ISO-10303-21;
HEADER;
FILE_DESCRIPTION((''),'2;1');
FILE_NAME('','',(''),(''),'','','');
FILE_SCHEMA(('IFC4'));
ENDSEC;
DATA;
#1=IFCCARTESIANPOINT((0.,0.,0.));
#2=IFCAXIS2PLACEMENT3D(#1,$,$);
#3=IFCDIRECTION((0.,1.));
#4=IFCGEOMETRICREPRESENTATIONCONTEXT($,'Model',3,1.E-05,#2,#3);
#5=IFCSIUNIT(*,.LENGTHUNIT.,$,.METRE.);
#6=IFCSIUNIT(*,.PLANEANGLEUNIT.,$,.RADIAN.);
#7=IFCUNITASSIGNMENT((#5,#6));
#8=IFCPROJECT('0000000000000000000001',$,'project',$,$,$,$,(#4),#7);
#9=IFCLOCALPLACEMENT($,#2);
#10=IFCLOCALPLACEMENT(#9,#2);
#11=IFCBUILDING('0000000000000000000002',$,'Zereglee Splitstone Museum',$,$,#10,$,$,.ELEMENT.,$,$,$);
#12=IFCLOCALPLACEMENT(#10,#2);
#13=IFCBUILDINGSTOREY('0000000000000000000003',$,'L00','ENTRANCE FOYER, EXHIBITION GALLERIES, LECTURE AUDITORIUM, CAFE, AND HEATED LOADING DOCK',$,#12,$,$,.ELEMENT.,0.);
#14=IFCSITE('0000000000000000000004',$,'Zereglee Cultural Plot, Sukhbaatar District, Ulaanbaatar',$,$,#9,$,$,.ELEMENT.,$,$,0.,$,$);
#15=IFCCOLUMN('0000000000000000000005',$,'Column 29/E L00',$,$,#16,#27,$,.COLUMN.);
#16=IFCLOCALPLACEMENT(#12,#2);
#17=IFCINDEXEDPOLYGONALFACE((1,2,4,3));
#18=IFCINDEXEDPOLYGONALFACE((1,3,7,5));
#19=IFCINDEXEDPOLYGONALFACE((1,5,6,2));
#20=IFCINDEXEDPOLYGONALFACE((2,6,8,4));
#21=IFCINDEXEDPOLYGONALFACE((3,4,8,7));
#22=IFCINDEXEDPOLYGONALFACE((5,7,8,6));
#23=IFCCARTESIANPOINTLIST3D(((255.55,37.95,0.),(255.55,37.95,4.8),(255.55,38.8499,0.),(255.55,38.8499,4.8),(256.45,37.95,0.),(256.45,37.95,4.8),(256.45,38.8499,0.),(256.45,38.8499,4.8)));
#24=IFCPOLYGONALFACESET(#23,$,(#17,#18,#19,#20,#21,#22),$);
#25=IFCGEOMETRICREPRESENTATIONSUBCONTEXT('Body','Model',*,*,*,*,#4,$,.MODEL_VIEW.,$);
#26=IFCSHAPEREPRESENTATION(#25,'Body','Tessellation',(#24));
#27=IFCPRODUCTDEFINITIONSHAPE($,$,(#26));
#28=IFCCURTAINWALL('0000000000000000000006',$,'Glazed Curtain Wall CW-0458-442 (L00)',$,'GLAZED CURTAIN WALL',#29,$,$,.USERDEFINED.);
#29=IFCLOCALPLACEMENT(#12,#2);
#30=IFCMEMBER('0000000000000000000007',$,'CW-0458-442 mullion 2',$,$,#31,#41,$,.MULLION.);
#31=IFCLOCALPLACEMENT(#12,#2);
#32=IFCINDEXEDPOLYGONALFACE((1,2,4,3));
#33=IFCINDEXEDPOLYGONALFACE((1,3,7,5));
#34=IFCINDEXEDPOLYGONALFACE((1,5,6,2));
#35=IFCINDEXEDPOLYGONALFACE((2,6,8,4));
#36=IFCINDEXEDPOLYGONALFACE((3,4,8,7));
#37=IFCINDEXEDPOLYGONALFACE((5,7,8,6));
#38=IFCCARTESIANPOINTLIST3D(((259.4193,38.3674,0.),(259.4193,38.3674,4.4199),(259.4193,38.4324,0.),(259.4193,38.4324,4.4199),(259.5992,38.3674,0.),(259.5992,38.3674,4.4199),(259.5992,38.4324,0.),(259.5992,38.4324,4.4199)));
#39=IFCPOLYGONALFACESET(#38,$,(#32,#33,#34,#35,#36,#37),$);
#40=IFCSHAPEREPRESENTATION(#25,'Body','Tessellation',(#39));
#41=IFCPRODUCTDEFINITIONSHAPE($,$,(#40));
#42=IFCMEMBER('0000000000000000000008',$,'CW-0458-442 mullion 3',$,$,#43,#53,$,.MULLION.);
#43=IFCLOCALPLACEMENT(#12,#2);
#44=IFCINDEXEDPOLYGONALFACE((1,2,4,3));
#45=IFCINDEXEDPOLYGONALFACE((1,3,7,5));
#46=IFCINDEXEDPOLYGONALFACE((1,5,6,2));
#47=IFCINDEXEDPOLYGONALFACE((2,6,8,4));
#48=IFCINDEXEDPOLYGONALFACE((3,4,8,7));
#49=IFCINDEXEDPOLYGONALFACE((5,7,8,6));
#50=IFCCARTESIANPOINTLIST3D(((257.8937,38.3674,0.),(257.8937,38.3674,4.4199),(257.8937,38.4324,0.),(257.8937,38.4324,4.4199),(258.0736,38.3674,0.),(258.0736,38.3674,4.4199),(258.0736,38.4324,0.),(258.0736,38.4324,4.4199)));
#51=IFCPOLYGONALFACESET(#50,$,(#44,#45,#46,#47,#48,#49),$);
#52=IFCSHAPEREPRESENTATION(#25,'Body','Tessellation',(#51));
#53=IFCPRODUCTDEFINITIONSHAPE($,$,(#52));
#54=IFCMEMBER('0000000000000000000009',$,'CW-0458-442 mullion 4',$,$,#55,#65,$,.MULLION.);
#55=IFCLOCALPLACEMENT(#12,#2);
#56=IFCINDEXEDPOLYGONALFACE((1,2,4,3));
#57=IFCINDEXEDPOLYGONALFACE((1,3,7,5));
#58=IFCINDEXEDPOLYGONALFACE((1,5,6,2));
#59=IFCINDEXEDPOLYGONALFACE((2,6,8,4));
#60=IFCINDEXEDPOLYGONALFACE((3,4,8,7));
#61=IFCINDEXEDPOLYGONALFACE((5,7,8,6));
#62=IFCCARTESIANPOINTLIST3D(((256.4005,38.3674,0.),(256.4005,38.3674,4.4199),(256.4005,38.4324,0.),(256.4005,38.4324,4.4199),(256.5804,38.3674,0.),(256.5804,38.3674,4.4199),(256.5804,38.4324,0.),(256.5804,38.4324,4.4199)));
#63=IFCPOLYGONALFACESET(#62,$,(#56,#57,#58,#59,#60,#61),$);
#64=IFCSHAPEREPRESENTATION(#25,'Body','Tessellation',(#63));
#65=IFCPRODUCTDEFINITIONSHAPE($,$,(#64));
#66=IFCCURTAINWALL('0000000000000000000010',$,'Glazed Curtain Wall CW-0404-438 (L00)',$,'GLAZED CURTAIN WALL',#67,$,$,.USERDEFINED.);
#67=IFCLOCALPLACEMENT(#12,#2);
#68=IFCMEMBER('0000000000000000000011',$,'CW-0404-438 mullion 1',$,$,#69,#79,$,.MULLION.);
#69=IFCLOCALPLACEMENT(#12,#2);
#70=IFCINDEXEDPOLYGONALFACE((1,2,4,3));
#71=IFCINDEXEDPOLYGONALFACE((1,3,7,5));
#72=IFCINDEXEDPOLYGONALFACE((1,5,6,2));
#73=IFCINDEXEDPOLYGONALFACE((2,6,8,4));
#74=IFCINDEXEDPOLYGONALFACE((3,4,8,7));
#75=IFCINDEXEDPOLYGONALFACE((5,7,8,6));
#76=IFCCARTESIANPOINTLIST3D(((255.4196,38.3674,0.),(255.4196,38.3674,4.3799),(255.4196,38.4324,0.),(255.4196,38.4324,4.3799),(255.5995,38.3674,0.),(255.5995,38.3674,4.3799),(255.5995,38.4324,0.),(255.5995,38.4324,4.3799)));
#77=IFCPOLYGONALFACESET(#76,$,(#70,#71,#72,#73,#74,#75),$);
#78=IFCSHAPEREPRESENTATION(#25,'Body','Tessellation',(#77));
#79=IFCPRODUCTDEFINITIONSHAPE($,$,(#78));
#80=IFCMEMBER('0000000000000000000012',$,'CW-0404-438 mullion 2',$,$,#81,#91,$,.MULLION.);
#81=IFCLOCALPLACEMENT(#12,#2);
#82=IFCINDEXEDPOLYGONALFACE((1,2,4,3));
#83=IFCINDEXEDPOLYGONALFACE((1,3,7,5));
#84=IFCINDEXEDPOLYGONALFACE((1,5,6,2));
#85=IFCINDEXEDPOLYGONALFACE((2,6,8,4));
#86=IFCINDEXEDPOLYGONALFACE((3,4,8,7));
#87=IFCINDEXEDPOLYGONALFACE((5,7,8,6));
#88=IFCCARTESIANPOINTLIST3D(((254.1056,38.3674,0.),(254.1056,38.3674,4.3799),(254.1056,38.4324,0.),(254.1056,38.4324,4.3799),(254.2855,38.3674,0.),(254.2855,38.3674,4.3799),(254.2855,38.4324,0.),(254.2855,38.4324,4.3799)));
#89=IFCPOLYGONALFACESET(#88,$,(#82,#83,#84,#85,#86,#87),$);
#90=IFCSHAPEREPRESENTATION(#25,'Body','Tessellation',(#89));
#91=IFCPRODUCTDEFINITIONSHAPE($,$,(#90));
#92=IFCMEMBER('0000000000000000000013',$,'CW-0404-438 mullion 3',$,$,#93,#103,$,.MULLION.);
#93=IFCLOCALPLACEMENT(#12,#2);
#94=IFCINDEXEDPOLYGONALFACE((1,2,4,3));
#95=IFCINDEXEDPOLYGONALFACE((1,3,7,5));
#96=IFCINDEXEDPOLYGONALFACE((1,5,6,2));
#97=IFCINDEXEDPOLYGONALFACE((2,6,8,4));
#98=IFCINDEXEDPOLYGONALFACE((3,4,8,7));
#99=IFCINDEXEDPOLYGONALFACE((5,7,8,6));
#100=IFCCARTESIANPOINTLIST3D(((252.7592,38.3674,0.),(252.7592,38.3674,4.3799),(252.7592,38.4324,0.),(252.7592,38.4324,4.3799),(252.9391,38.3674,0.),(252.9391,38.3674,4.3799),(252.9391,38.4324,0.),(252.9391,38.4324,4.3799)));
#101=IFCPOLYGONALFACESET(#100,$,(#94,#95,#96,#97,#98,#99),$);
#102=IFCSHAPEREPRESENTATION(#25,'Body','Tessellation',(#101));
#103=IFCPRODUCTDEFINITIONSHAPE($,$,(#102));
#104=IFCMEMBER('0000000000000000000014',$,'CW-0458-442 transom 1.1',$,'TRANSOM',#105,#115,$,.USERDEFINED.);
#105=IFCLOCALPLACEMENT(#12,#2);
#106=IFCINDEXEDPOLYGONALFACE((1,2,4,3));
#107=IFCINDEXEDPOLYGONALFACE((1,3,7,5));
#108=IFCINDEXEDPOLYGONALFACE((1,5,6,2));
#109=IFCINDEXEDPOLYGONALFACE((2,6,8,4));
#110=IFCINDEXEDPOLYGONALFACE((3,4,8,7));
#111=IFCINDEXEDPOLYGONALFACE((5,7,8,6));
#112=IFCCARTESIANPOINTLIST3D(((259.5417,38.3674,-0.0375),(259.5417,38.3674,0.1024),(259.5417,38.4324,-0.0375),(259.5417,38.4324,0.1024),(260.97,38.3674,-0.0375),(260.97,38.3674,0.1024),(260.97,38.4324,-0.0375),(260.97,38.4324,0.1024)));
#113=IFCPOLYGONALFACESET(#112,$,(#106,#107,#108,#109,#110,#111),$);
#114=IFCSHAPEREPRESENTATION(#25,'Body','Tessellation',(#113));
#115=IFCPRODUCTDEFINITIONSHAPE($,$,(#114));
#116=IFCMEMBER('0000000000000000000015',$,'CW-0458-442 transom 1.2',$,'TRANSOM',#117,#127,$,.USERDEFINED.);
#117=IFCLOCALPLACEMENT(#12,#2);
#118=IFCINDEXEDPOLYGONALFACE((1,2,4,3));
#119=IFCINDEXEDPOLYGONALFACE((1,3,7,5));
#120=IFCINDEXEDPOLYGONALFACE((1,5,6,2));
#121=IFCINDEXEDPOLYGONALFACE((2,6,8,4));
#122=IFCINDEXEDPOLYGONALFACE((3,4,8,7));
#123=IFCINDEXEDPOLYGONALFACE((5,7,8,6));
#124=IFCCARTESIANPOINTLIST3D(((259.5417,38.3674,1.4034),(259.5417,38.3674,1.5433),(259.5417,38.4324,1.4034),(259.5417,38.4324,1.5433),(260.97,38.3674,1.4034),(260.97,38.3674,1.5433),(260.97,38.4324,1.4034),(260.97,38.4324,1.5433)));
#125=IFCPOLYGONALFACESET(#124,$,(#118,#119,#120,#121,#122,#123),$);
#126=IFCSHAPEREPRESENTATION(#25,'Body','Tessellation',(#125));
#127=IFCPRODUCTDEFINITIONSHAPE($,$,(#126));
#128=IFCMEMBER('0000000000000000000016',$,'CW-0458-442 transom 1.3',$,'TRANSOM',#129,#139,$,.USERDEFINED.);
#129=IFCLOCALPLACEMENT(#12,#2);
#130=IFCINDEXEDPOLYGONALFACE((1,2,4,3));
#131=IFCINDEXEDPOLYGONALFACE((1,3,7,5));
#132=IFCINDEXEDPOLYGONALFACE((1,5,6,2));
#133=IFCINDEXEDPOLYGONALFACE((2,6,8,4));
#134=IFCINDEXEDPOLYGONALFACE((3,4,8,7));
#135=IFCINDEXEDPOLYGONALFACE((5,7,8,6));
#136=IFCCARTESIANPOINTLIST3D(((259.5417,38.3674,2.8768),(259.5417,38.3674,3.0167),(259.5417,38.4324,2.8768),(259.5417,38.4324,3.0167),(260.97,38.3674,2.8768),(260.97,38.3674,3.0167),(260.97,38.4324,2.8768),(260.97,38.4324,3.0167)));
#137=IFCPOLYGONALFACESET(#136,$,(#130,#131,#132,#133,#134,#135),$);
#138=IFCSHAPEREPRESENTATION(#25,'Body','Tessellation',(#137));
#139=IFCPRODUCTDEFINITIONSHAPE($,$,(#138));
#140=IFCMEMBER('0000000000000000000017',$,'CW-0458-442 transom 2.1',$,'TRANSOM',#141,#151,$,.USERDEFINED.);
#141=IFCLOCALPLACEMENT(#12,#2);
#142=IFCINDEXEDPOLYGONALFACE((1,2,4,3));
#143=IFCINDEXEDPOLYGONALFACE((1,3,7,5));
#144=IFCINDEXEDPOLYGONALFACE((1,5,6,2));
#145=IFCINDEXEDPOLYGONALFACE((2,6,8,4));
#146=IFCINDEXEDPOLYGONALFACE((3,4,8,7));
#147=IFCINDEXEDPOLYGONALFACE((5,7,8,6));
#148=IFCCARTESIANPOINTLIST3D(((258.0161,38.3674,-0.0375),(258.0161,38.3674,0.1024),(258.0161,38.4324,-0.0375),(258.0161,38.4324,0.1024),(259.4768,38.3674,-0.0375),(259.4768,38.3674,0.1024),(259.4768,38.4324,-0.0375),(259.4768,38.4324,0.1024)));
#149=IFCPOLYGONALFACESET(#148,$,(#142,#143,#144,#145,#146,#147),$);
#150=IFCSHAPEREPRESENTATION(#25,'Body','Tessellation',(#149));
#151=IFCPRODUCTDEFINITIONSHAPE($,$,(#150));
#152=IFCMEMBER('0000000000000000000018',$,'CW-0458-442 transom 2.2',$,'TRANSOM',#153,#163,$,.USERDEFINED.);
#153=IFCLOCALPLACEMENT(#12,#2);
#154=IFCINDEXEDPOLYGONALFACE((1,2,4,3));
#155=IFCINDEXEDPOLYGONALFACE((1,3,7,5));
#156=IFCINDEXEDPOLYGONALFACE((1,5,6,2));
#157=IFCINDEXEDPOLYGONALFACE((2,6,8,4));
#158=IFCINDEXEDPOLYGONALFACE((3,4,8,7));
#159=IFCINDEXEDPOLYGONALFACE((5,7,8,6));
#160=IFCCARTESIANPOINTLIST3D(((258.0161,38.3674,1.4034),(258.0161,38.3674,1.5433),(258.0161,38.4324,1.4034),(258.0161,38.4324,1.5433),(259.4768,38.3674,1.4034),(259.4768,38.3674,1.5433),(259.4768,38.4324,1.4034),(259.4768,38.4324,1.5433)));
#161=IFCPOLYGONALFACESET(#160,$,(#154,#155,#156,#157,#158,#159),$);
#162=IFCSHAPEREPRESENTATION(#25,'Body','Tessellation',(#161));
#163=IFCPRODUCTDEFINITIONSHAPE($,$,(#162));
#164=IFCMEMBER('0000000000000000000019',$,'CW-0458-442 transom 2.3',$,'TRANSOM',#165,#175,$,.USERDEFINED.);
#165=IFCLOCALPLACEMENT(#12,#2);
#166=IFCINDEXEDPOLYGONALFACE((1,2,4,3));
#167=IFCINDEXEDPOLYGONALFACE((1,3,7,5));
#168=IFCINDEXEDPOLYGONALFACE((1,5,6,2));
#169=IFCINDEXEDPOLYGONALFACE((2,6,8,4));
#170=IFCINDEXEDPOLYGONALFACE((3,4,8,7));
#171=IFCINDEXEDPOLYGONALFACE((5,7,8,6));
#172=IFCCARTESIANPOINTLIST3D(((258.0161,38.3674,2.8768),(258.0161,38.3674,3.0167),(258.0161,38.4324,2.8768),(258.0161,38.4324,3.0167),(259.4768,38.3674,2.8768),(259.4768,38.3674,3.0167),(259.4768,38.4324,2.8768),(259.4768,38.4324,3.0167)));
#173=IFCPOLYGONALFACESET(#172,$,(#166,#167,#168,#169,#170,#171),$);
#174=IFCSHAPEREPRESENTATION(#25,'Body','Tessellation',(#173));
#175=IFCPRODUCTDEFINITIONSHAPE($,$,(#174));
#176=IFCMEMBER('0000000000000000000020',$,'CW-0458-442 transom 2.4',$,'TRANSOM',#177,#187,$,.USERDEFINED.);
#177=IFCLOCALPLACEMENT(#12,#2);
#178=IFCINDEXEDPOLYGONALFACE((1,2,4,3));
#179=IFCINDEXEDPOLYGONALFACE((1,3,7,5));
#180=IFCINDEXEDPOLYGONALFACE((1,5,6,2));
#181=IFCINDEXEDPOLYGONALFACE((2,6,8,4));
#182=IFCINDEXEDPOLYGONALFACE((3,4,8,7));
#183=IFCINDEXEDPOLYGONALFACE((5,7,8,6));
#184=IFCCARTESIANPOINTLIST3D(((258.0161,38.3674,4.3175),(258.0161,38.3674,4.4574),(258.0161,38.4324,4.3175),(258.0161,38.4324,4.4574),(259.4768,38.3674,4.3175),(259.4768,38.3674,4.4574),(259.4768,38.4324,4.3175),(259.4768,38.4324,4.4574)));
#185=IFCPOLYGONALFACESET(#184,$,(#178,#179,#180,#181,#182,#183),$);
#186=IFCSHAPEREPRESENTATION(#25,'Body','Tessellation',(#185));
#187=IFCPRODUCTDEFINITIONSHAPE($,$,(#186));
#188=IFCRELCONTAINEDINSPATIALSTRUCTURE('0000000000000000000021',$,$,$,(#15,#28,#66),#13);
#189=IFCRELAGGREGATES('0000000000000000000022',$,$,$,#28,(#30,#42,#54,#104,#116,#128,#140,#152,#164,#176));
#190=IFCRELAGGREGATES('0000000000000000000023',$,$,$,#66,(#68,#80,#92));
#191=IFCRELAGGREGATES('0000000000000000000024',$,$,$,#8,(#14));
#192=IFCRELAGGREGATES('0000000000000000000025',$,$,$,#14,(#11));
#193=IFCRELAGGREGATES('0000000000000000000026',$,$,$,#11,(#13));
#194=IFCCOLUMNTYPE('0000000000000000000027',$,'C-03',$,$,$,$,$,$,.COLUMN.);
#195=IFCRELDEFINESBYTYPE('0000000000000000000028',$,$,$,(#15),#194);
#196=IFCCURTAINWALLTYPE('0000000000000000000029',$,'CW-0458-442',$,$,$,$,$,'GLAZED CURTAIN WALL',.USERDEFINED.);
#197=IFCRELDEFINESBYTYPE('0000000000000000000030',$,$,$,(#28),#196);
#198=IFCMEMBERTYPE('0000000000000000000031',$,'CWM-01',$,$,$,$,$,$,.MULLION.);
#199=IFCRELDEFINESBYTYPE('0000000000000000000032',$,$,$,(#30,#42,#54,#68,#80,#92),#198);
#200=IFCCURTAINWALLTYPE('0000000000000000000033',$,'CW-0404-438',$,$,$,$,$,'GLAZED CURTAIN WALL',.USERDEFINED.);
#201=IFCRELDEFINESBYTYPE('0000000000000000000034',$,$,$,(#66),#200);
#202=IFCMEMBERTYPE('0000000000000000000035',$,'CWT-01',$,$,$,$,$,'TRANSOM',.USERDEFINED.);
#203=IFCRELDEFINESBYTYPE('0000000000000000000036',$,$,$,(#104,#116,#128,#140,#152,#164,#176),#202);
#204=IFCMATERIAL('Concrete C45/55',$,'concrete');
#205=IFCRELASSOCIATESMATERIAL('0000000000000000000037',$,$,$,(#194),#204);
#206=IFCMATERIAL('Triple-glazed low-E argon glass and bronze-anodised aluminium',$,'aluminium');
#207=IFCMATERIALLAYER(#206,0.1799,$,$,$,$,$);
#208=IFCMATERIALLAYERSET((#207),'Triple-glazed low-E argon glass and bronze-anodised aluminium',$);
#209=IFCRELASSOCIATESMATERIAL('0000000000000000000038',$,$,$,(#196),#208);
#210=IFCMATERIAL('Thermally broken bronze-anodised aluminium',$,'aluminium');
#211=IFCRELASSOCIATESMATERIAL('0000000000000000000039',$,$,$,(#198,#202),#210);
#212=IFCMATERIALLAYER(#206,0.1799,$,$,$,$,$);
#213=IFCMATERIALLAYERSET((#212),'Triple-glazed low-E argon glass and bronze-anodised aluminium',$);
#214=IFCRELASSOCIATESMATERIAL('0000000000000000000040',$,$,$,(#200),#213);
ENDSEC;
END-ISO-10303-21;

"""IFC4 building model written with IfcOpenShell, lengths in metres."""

from ifc_helpers import new_model, si_unit, direction, frame, origin, origin_2d, place, context, subcontext, project, spatial, rectangle, extrude, material, layer, layer_set, material_profile, profile_set, type_object, element, aggregate, save


model = new_model("IFC4")

# Units and contexts
model_context = context("Model", 3, precision=1e-05, world=origin(), true_north=direction((0.0, 1.0)))
body_context = subcontext(model_context, "Body", "Model", "MODEL_VIEW")
ifc_project = project(units=[si_unit("LENGTHUNIT", "METRE"), si_unit("PLANEANGLEUNIT", "RADIAN")], contexts=[model_context])

# Site, building, storey
site_placement = place(None, origin())
site = spatial("IfcSite", under=ifc_project, at=site_placement, Name="Zereglee Cultural Plot, Sukhbaatar District, Ulaanbaatar", CompositionType="ELEMENT", RefElevation=0.0)
building_placement = place(site_placement, origin())
building = spatial("IfcBuilding", under=site, at=building_placement, Name="Zereglee Splitstone Museum", CompositionType="ELEMENT")
storey_placement = place(building_placement, origin())
storey = spatial("IfcBuildingStorey", under=building, at=storey_placement, Name="L00", Description="ENTRANCE FOYER, EXHIBITION GALLERIES, LECTURE AUDITORIUM, CAFE, AND HEATED LOADING DOCK", CompositionType="ELEMENT", Elevation=0.0)

# Column
ifc_material_1 = material(Name="Concrete C45/55", Category="concrete")
ifc_material_profile_1 = material_profile(ifc_material_1, rectangle(XDim=0.8999, YDim=0.8999, at=origin_2d()), Name="RC 900x900")
ifc_profile_set_1 = profile_set([ifc_material_profile_1], Name="Concrete C45/55")
column_type = type_object("IfcColumnType", Name="C-03", PredefinedType="COLUMN", material=ifc_profile_set_1)
column_placement = place(storey_placement, frame((256.0, 38.3999, 0.0), z_axis=(0.0, 0.0, 1.0), x_axis=(1.0, 0.0, 0.0)))
element("IfcColumn", 1, at=column_placement, inside=storey, type_object=column_type, Name="Column 29/E L00", PredefinedType="COLUMN", context=body_context, shape_type="SweptSolid", body=[
    extrude(rectangle(XDim=0.8999, YDim=0.8999, at=origin_2d()), origin(), (0.0, 0.0, 1.0), 4.8),
])

# Curtain walls, members
ifc_material_2 = material(Name="Triple-glazed low-E argon glass and bronze-anodised aluminium", Category="aluminium")
ifc_layer_1 = layer(ifc_material_2, 0.1799)
ifc_layer_set_1 = layer_set([ifc_layer_1], Name="Triple-glazed low-E argon glass and bronze-anodised aluminium")
curtain_wall_type_1 = type_object("IfcCurtainWallType", Name="CW-0458-442", ElementType="GLAZED CURTAIN WALL", PredefinedType="USERDEFINED", material=ifc_layer_set_1)
curtain_wall_1_placement = place(storey_placement, origin())
curtain_wall_1 = element("IfcCurtainWall", 2, at=curtain_wall_1_placement, inside=storey, type_object=curtain_wall_type_1, Name="Glazed Curtain Wall CW-0458-442 (L00)", ObjectType="GLAZED CURTAIN WALL", PredefinedType="USERDEFINED")
ifc_material_3 = material(Name="Thermally broken bronze-anodised aluminium", Category="aluminium")
ifc_material_profile_2 = material_profile(ifc_material_3, rectangle(XDim=0.0649, YDim=0.1799, at=origin_2d()), Name="CW MULL 65x180")
ifc_profile_set_2 = profile_set([ifc_material_profile_2], Name="Thermally broken bronze-anodised aluminium")
member_type_1 = type_object("IfcMemberType", Name="CWM-01", PredefinedType="MULLION", material=ifc_profile_set_2)
member_1_placement = place(storey_placement, frame((259.5093, 38.3999, 0.0), z_axis=(0.0, 0.0, 1.0), x_axis=(0.0, -1.0, 0.0)))
member_1 = element("IfcMember", 3, at=member_1_placement, type_object=member_type_1, Name="CW-0458-442 mullion 2", PredefinedType="MULLION", context=body_context, shape_type="SweptSolid", body=[
    extrude(rectangle(XDim=0.0649, YDim=0.1799, at=origin_2d()), origin(), (0.0, 0.0, 1.0), 4.4199),
])
member_2_placement = place(storey_placement, frame((257.9836, 38.3999, 0.0), z_axis=(0.0, 0.0, 1.0), x_axis=(0.0, -1.0, 0.0)))
member_2 = element("IfcMember", 4, at=member_2_placement, type_object=member_type_1, Name="CW-0458-442 mullion 3", PredefinedType="MULLION", context=body_context, shape_type="SweptSolid", body=[
    extrude(rectangle(XDim=0.0649, YDim=0.1799, at=origin_2d()), origin(), (0.0, 0.0, 1.0), 4.4199),
])
member_3_placement = place(storey_placement, frame((256.4905, 38.3999, 0.0), z_axis=(0.0, 0.0, 1.0), x_axis=(0.0, -1.0, 0.0)))
member_3 = element("IfcMember", 5, at=member_3_placement, type_object=member_type_1, Name="CW-0458-442 mullion 4", PredefinedType="MULLION", context=body_context, shape_type="SweptSolid", body=[
    extrude(rectangle(XDim=0.0649, YDim=0.1799, at=origin_2d()), origin(), (0.0, 0.0, 1.0), 4.4199),
])
ifc_layer_2 = layer(ifc_material_2, 0.1799)
ifc_layer_set_2 = layer_set([ifc_layer_2], Name="Triple-glazed low-E argon glass and bronze-anodised aluminium")
curtain_wall_type_2 = type_object("IfcCurtainWallType", Name="CW-0404-438", ElementType="GLAZED CURTAIN WALL", PredefinedType="USERDEFINED", material=ifc_layer_set_2)
curtain_wall_2_placement = place(storey_placement, origin())
curtain_wall_2 = element("IfcCurtainWall", 6, at=curtain_wall_2_placement, inside=storey, type_object=curtain_wall_type_2, Name="Glazed Curtain Wall CW-0404-438 (L00)", ObjectType="GLAZED CURTAIN WALL", PredefinedType="USERDEFINED")
member_4_placement = place(storey_placement, frame((255.5095, 38.3999, 0.0), z_axis=(0.0, 0.0, 1.0), x_axis=(0.0, -1.0, 0.0)))
member_4 = element("IfcMember", 7, at=member_4_placement, type_object=member_type_1, Name="CW-0404-438 mullion 1", PredefinedType="MULLION", context=body_context, shape_type="SweptSolid", body=[
    extrude(rectangle(XDim=0.0649, YDim=0.1799, at=origin_2d()), origin(), (0.0, 0.0, 1.0), 4.3799),
])
member_5_placement = place(storey_placement, frame((254.1956, 38.3999, 0.0), z_axis=(0.0, 0.0, 1.0), x_axis=(0.0, -1.0, 0.0)))
member_5 = element("IfcMember", 8, at=member_5_placement, type_object=member_type_1, Name="CW-0404-438 mullion 2", PredefinedType="MULLION", context=body_context, shape_type="SweptSolid", body=[
    extrude(rectangle(XDim=0.0649, YDim=0.1799, at=origin_2d()), origin(), (0.0, 0.0, 1.0), 4.3799),
])
member_6_placement = place(storey_placement, frame((252.8491, 38.3999, 0.0), z_axis=(0.0, 0.0, 1.0), x_axis=(0.0, -1.0, 0.0)))
member_6 = element("IfcMember", 9, at=member_6_placement, type_object=member_type_1, Name="CW-0404-438 mullion 3", PredefinedType="MULLION", context=body_context, shape_type="SweptSolid", body=[
    extrude(rectangle(XDim=0.0649, YDim=0.1799, at=origin_2d()), origin(), (0.0, 0.0, 1.0), 4.3799),
])

# Members
ifc_material_profile_3 = material_profile(ifc_material_3, rectangle(XDim=0.0649, YDim=0.1399, at=origin_2d()), Name="CW TRAN 65x140")
ifc_profile_set_3 = profile_set([ifc_material_profile_3], Name="Thermally broken bronze-anodised aluminium")
member_type_2 = type_object("IfcMemberType", Name="CWT-01", ElementType="TRANSOM", PredefinedType="USERDEFINED", material=ifc_profile_set_3)
member_7_placement = place(storey_placement, frame((260.97, 38.3999, 0.0325), z_axis=(-1.0, 0.0, 0.0), x_axis=(0.0, -1.0, 0.0)))
member_7 = element("IfcMember", 10, at=member_7_placement, type_object=member_type_2, Name="CW-0458-442 transom 1.1", ObjectType="TRANSOM", PredefinedType="USERDEFINED", context=body_context, shape_type="SweptSolid", body=[
    extrude(rectangle(XDim=0.0649, YDim=0.1399, at=origin_2d()), origin(), (0.0, 0.0, 1.0), 1.4282),
])
member_8_placement = place(storey_placement, frame((260.97, 38.3999, 1.4734), z_axis=(-1.0, 0.0, 0.0), x_axis=(0.0, -1.0, 0.0)))
member_8 = element("IfcMember", 11, at=member_8_placement, type_object=member_type_2, Name="CW-0458-442 transom 1.2", ObjectType="TRANSOM", PredefinedType="USERDEFINED", context=body_context, shape_type="SweptSolid", body=[
    extrude(rectangle(XDim=0.0649, YDim=0.1399, at=origin_2d()), origin(), (0.0, 0.0, 1.0), 1.4282),
])
member_9_placement = place(storey_placement, frame((260.97, 38.3999, 2.9468), z_axis=(-1.0, 0.0, 0.0), x_axis=(0.0, -1.0, 0.0)))
member_9 = element("IfcMember", 12, at=member_9_placement, type_object=member_type_2, Name="CW-0458-442 transom 1.3", ObjectType="TRANSOM", PredefinedType="USERDEFINED", context=body_context, shape_type="SweptSolid", body=[
    extrude(rectangle(XDim=0.0649, YDim=0.1399, at=origin_2d()), origin(), (0.0, 0.0, 1.0), 1.4282),
])
member_10_placement = place(storey_placement, frame((259.4768, 38.3999, 0.0325), z_axis=(-1.0, 0.0, 0.0), x_axis=(0.0, -1.0, 0.0)))
member_10 = element("IfcMember", 13, at=member_10_placement, type_object=member_type_2, Name="CW-0458-442 transom 2.1", ObjectType="TRANSOM", PredefinedType="USERDEFINED", context=body_context, shape_type="SweptSolid", body=[
    extrude(rectangle(XDim=0.0649, YDim=0.1399, at=origin_2d()), origin(), (0.0, 0.0, 1.0), 1.4607),
])
member_11_placement = place(storey_placement, frame((259.4768, 38.3999, 1.4734), z_axis=(-1.0, 0.0, 0.0), x_axis=(0.0, -1.0, 0.0)))
member_11 = element("IfcMember", 14, at=member_11_placement, type_object=member_type_2, Name="CW-0458-442 transom 2.2", ObjectType="TRANSOM", PredefinedType="USERDEFINED", context=body_context, shape_type="SweptSolid", body=[
    extrude(rectangle(XDim=0.0649, YDim=0.1399, at=origin_2d()), origin(), (0.0, 0.0, 1.0), 1.4607),
])
member_12_placement = place(storey_placement, frame((259.4768, 38.3999, 2.9468), z_axis=(-1.0, 0.0, 0.0), x_axis=(0.0, -1.0, 0.0)))
member_12 = element("IfcMember", 15, at=member_12_placement, type_object=member_type_2, Name="CW-0458-442 transom 2.3", ObjectType="TRANSOM", PredefinedType="USERDEFINED", context=body_context, shape_type="SweptSolid", body=[
    extrude(rectangle(XDim=0.0649, YDim=0.1399, at=origin_2d()), origin(), (0.0, 0.0, 1.0), 1.4607),
])
member_13_placement = place(storey_placement, frame((259.4768, 38.3999, 4.3875), z_axis=(-1.0, 0.0, 0.0), x_axis=(0.0, -1.0, 0.0)))
member_13 = element("IfcMember", 16, at=member_13_placement, type_object=member_type_2, Name="CW-0458-442 transom 2.4", ObjectType="TRANSOM", PredefinedType="USERDEFINED", context=body_context, shape_type="SweptSolid", body=[
    extrude(rectangle(XDim=0.0649, YDim=0.1399, at=origin_2d()), origin(), (0.0, 0.0, 1.0), 1.4607),
])

aggregate(curtain_wall_1, [member_1, member_2, member_3, member_7, member_8, member_9, member_10, member_11, member_12, member_13])
aggregate(curtain_wall_2, [member_4, member_5, member_6])

save(model, "model.ifc")
